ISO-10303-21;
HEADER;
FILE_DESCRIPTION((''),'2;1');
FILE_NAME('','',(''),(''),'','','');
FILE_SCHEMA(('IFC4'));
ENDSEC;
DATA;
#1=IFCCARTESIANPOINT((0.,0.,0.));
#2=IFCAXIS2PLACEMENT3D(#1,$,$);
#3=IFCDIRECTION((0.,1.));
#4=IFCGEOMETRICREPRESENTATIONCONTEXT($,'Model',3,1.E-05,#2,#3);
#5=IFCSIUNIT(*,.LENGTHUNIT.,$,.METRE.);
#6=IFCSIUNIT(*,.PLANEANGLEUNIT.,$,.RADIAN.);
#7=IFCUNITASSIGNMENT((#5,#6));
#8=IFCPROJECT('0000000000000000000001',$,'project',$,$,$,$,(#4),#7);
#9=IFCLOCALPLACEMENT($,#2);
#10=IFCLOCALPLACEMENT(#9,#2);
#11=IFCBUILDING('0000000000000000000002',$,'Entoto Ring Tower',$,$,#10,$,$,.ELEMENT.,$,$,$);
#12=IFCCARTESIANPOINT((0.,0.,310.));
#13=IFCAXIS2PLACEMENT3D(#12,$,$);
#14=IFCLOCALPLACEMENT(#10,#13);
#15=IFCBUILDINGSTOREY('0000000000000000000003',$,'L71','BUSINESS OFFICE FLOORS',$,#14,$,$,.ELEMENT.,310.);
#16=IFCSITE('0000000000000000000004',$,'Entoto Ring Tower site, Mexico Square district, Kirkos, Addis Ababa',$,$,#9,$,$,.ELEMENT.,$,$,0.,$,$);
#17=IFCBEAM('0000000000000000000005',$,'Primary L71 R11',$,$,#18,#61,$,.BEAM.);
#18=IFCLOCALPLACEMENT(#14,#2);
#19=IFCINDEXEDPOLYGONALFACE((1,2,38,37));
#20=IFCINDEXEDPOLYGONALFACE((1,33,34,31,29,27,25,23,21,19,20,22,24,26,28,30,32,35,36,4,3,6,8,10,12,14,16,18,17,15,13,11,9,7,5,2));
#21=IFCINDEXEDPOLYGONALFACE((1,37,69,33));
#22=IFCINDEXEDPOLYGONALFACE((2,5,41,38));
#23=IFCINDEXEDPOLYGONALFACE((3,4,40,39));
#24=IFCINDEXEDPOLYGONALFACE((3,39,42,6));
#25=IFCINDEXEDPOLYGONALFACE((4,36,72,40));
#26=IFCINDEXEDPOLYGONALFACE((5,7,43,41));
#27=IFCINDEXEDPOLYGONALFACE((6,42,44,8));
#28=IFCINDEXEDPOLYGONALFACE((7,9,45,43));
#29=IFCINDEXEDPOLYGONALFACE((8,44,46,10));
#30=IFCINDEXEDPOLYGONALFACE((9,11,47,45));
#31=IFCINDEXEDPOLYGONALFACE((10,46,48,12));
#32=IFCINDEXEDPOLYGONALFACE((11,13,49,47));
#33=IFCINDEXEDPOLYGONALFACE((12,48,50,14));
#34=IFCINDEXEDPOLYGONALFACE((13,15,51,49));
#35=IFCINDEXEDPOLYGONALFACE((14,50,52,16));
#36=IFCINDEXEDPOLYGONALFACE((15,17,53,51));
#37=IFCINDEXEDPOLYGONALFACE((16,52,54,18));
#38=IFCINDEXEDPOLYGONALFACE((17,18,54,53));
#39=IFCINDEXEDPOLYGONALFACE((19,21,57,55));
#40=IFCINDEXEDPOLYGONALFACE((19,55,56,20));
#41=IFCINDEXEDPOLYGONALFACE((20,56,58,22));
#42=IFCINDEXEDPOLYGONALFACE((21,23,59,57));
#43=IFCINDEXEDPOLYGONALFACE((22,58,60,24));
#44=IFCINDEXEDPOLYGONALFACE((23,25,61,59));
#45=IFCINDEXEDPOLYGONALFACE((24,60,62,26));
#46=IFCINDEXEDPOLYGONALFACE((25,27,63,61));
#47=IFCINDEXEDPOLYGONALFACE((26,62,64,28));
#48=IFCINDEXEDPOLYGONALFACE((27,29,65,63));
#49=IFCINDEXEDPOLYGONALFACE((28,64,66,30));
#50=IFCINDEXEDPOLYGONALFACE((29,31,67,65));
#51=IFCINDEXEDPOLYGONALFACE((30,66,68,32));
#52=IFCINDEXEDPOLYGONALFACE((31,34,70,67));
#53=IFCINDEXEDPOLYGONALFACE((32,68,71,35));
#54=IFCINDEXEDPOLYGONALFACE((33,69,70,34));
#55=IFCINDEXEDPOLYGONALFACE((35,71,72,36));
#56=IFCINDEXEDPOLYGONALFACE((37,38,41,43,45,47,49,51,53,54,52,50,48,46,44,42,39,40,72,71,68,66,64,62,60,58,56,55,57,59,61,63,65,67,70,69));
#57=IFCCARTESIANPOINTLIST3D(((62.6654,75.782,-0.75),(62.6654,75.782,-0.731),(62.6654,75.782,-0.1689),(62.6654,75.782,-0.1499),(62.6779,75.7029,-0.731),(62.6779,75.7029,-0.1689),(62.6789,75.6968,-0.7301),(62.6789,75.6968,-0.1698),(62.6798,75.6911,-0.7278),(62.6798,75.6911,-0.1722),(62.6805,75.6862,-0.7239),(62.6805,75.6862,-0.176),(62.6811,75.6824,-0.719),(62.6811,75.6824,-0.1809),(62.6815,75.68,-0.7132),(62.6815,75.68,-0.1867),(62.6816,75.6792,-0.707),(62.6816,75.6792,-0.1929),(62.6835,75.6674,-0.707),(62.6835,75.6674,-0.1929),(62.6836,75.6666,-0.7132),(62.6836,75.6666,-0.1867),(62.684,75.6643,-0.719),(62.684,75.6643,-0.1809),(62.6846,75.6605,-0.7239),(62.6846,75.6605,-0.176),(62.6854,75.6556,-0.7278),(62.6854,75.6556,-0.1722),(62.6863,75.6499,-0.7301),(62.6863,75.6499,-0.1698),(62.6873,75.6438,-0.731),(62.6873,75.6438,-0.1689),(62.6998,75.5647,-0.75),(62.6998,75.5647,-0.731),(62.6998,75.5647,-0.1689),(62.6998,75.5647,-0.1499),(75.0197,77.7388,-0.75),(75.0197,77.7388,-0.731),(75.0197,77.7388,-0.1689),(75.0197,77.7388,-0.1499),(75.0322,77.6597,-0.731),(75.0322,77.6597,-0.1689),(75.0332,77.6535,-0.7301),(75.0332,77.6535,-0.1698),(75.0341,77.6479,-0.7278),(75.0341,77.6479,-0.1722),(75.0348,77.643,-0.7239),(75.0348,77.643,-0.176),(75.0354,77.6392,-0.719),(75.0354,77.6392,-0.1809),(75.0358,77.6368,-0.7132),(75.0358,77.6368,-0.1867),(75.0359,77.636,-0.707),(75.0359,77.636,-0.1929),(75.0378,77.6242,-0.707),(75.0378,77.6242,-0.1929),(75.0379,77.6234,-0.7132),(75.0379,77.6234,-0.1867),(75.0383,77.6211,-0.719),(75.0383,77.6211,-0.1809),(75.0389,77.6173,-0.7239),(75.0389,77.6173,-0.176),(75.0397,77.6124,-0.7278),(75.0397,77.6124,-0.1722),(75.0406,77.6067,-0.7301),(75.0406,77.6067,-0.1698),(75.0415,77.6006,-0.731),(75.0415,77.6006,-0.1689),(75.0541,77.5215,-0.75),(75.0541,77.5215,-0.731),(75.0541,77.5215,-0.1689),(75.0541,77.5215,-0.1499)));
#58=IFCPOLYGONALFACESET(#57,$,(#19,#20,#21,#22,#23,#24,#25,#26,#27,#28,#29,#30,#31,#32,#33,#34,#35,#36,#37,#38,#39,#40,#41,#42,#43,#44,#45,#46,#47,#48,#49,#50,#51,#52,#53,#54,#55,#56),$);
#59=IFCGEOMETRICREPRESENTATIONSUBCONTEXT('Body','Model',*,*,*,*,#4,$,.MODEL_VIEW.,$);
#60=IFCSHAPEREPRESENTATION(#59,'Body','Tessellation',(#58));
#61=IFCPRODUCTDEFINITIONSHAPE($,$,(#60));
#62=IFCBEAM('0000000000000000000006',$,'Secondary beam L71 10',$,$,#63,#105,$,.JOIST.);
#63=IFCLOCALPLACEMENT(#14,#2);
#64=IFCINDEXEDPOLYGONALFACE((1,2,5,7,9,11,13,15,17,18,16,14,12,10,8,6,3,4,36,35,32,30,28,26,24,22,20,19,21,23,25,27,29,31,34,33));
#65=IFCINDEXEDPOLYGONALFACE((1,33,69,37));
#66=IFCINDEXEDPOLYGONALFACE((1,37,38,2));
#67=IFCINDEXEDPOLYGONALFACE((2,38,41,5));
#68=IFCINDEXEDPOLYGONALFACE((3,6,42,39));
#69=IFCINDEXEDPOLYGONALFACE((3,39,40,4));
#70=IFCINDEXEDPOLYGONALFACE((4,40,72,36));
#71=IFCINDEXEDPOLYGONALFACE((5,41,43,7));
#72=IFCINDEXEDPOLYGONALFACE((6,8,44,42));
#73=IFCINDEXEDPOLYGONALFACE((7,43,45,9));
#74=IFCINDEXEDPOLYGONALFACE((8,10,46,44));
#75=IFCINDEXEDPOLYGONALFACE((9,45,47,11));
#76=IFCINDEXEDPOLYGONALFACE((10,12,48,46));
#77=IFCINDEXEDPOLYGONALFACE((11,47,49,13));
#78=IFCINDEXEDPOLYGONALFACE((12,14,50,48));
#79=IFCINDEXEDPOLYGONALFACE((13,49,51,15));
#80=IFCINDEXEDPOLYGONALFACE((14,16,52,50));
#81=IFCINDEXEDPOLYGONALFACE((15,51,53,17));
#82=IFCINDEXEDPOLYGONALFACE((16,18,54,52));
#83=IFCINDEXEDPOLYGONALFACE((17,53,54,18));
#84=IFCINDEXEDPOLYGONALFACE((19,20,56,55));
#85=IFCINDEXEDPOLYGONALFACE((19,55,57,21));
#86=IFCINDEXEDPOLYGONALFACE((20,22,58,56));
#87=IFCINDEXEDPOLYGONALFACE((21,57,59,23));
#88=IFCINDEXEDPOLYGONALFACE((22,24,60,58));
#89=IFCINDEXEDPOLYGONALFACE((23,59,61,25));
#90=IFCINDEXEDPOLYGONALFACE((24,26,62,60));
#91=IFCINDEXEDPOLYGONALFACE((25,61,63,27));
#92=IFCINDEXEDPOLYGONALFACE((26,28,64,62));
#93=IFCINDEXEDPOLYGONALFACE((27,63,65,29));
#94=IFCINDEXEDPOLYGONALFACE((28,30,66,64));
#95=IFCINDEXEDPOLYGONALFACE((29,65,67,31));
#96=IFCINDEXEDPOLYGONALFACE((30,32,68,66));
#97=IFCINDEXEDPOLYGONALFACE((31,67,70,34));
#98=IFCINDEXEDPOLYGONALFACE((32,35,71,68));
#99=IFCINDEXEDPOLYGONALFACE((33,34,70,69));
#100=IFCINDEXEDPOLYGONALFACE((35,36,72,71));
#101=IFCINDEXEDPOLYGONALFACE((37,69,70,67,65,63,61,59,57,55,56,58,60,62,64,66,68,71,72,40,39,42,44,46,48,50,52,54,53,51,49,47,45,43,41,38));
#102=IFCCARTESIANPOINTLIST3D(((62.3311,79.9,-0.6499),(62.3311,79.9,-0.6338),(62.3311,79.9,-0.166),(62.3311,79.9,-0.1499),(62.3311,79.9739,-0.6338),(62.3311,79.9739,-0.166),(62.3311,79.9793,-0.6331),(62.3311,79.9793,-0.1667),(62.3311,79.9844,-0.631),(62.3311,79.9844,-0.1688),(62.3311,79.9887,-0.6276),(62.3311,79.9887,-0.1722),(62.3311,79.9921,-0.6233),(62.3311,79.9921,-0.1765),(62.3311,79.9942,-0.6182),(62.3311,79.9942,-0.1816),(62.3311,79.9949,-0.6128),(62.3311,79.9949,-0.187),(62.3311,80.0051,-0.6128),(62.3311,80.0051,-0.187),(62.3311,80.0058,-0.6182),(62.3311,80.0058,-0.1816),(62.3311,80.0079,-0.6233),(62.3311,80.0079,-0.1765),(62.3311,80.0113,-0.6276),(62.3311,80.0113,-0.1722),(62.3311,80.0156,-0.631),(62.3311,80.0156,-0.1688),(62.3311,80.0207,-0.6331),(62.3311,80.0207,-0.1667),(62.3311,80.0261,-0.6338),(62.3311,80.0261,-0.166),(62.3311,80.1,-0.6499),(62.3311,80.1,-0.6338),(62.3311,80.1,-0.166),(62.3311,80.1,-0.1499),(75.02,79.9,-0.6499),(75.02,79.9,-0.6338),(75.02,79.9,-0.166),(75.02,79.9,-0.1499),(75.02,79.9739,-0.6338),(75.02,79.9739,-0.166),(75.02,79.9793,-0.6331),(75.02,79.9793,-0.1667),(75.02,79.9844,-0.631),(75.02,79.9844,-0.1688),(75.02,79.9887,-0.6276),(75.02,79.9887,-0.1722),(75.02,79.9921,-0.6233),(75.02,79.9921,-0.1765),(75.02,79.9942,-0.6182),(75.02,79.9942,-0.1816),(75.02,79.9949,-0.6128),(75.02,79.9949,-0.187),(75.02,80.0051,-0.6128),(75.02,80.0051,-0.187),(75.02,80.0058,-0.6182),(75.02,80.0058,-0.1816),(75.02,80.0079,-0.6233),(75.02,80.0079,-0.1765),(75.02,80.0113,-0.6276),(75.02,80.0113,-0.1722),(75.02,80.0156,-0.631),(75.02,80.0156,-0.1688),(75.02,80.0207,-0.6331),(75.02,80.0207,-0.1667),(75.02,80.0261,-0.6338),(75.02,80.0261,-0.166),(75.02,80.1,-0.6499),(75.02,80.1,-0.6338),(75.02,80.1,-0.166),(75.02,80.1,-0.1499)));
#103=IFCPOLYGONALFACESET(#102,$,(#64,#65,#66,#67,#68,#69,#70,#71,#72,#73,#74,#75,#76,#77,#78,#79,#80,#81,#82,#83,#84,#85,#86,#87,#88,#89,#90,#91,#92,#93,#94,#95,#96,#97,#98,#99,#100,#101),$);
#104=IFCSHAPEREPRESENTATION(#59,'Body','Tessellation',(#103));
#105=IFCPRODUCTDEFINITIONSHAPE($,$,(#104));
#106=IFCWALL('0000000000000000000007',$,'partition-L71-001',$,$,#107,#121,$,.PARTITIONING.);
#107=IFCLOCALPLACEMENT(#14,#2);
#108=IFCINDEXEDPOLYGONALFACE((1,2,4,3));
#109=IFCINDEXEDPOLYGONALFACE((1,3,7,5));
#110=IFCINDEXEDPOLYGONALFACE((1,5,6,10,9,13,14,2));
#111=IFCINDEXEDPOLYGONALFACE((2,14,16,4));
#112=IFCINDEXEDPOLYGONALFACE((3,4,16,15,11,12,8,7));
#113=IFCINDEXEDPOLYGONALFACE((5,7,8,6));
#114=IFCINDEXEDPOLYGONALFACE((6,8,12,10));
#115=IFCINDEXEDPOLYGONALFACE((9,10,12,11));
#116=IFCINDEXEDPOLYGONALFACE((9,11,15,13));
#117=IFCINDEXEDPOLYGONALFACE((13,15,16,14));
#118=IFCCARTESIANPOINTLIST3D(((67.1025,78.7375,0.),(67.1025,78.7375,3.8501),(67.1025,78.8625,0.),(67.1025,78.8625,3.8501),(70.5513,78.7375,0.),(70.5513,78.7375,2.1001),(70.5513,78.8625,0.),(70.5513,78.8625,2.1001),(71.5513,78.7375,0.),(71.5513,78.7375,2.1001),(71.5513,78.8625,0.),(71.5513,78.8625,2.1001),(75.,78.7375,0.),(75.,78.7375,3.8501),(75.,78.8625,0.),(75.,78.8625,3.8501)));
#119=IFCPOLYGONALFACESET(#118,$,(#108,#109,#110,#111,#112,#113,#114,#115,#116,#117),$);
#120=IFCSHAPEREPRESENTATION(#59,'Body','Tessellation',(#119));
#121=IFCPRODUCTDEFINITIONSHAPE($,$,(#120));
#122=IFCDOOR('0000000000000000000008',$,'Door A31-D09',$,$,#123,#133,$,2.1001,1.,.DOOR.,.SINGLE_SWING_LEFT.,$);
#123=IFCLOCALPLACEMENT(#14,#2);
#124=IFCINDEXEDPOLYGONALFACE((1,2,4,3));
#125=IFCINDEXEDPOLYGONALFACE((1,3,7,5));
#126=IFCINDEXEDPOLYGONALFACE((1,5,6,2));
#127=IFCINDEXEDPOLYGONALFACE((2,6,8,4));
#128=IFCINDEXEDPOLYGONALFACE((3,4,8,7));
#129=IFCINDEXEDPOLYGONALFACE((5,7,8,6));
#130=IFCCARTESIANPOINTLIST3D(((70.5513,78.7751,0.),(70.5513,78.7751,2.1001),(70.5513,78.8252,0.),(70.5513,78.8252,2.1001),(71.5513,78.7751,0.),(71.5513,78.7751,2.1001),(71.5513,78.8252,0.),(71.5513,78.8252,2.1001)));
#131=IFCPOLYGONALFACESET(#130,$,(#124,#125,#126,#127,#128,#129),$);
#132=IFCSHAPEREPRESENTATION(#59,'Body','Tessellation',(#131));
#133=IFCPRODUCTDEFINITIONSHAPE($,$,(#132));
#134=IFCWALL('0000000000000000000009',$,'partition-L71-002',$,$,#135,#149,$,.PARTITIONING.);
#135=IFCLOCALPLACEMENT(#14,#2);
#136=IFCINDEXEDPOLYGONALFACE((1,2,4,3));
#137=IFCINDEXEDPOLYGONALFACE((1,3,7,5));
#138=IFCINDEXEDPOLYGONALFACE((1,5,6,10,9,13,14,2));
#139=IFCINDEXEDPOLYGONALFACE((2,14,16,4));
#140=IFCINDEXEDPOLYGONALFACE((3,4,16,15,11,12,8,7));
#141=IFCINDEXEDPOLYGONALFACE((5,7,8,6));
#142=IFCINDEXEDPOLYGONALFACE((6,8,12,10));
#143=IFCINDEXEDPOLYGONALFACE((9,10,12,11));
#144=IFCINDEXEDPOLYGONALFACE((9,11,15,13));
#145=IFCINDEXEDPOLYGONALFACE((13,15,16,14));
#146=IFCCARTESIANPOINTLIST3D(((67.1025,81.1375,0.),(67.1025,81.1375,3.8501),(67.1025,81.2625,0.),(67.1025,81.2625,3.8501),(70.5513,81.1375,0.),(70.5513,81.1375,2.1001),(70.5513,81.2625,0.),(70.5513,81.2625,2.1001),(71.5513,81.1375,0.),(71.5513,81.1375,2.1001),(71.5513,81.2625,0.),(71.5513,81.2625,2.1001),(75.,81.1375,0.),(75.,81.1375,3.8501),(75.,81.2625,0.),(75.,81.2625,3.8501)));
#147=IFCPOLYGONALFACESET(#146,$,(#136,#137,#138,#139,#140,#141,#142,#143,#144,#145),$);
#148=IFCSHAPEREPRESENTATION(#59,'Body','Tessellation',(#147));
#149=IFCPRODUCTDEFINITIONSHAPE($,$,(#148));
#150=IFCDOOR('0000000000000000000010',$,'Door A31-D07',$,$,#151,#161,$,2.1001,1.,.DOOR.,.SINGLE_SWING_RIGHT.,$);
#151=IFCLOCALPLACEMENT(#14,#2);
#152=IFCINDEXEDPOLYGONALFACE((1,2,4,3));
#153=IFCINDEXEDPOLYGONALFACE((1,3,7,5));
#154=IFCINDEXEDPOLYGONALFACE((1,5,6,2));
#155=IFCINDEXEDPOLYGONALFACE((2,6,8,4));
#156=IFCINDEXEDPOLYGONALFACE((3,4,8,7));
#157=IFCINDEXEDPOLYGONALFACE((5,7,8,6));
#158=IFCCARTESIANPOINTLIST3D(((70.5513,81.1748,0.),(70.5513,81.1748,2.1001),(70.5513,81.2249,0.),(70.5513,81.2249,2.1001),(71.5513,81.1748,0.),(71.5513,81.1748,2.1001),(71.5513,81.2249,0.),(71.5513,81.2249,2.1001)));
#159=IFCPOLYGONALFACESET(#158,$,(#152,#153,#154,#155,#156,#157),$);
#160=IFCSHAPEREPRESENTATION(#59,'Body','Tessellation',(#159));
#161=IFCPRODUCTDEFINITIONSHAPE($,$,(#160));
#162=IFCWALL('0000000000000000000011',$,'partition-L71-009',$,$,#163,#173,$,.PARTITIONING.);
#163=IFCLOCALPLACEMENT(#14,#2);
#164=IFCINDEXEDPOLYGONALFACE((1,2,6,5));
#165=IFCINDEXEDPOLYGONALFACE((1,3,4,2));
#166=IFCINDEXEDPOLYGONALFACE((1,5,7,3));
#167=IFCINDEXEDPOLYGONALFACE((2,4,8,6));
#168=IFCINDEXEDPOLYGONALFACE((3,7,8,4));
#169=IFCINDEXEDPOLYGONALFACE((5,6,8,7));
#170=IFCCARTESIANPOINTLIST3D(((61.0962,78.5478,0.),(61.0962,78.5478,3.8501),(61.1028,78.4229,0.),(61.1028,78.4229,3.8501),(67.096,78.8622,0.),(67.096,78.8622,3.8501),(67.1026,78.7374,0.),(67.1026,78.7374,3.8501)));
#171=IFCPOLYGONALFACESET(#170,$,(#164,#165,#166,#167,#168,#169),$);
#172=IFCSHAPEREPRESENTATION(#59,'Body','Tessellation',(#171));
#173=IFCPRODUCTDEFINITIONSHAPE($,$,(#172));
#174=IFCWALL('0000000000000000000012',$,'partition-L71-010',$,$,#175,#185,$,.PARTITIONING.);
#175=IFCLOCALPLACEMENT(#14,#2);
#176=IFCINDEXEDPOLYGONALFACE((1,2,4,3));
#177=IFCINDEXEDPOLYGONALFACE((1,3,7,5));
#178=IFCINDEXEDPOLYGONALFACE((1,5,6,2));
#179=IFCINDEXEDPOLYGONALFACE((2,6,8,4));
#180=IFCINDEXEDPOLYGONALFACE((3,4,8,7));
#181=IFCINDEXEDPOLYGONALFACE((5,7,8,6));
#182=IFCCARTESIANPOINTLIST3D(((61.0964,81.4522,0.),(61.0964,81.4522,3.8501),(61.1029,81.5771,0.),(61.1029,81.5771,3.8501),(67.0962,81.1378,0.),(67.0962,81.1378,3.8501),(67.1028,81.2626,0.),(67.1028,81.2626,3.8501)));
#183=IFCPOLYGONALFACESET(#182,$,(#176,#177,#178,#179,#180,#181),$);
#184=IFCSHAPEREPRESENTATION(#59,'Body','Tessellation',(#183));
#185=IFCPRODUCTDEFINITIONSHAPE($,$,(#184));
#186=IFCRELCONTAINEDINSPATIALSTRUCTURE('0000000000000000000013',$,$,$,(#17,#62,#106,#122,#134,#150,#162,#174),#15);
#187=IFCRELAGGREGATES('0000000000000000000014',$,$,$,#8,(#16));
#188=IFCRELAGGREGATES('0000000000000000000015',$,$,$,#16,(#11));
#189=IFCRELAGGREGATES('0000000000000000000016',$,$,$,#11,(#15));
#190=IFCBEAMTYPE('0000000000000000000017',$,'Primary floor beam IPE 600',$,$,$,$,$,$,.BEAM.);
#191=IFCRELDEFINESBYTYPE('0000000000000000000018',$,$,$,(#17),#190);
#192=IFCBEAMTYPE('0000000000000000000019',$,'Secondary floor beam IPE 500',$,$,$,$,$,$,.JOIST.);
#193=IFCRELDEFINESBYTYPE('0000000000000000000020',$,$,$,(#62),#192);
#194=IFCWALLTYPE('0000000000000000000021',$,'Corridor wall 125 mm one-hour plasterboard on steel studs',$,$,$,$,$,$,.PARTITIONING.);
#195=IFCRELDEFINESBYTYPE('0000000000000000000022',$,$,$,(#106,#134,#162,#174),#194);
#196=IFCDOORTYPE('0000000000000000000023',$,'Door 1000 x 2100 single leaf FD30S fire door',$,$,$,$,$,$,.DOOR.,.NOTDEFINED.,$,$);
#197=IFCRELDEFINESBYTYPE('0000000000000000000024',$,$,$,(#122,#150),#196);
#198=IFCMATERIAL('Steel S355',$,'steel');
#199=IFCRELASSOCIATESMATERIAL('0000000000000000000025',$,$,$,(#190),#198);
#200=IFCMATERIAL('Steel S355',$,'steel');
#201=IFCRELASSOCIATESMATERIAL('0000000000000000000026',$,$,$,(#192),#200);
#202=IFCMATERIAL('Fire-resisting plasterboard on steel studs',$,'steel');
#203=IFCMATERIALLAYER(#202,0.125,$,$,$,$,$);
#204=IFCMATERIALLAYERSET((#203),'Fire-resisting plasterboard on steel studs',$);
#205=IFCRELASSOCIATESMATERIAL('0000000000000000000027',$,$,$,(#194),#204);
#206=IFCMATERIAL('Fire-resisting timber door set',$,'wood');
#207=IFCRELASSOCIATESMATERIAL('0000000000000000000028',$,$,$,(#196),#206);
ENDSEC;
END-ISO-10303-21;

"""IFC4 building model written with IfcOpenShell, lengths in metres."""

from ifc_helpers import new_model, si_unit, direction, frame, frame_2d, origin, origin_2d, place, context, subcontext, project, spatial, rectangle, i_section, extrude, material, layer, layer_set, material_profile, profile_set, type_object, element, fill, save


model = new_model("IFC4")

# Units and contexts
model_context = context("Model", 3, precision=1e-05, world=origin(), true_north=direction((0.0, 1.0)))
body_context = subcontext(model_context, "Body", "Model", "MODEL_VIEW")
ifc_project = project(units=[si_unit("LENGTHUNIT", "METRE"), si_unit("PLANEANGLEUNIT", "RADIAN")], contexts=[model_context])

# Site, building, storey
site_placement = place(None, origin())
site = spatial("IfcSite", under=ifc_project, at=site_placement, Name="Entoto Ring Tower site, Mexico Square district, Kirkos, Addis Ababa", CompositionType="ELEMENT", RefElevation=0.0)
building_placement = place(site_placement, origin())
building = spatial("IfcBuilding", under=site, at=building_placement, Name="Entoto Ring Tower", CompositionType="ELEMENT")
storey_placement = place(building_placement, frame((0.0, 0.0, 310.0)))
storey = spatial("IfcBuildingStorey", under=building, at=storey_placement, Name="L71", Description="BUSINESS OFFICE FLOORS", CompositionType="ELEMENT", Elevation=310.0)

# Beams
ifc_material_1 = material(Name="Steel S355", Category="steel")
ifc_material_profile_1 = material_profile(ifc_material_1, i_section(OverallWidth=0.22, OverallDepth=0.6001, WebThickness=0.012, FlangeThickness=0.019, FilletRadius=0.0239, at=origin_2d()), Name="IPE 600")
ifc_profile_set_1 = profile_set([ifc_material_profile_1], Name="Steel S355")
beam_type_1 = type_object("IfcBeamType", Name="Primary floor beam IPE 600", PredefinedType="BEAM", material=ifc_profile_set_1)
beam_1_placement = place(storey_placement, frame((75.0369, 77.6301, -0.45), z_axis=(-0.987688, -0.15644, 0.0), x_axis=(0.15644, -0.987688, 0.0)))
element("IfcBeam", 1, at=beam_1_placement, inside=storey, type_object=beam_type_1, Name="Primary L71 R11", PredefinedType="BEAM", context=body_context, shape_type="SweptSolid", body=[
    extrude(i_section(OverallWidth=0.22, OverallDepth=0.6001, WebThickness=0.012, FlangeThickness=0.019, FilletRadius=0.0239, at=origin_2d()), origin(), (0.0, 0.0, 1.0), 12.5083),
])
ifc_material_2 = material(Name="Steel S355", Category="steel")
ifc_material_profile_2 = material_profile(ifc_material_2, i_section(OverallWidth=0.2, OverallDepth=0.5, WebThickness=0.0103, FlangeThickness=0.0161, FilletRadius=0.021, at=origin_2d()), Name="IPE 500")
ifc_profile_set_2 = profile_set([ifc_material_profile_2], Name="Steel S355")
beam_type_2 = type_object("IfcBeamType", Name="Secondary floor beam IPE 500", PredefinedType="JOIST", material=ifc_profile_set_2)
beam_2_placement = place(storey_placement, frame((75.02, 80.0, -0.3999), z_axis=(-1.0, 0.0, 0.0), x_axis=(0.0, -1.0, 0.0)))
element("IfcBeam", 2, at=beam_2_placement, inside=storey, type_object=beam_type_2, Name="Secondary beam L71 10", PredefinedType="JOIST", context=body_context, shape_type="SweptSolid", body=[
    extrude(i_section(OverallWidth=0.2, OverallDepth=0.5, WebThickness=0.0103, FlangeThickness=0.0161, FilletRadius=0.021, at=origin_2d()), origin(), (0.0, 0.0, 1.0), 12.689),
])

# Walls, openings, doors
ifc_material_3 = material(Name="Fire-resisting plasterboard on steel studs", Category="steel")
ifc_layer_1 = layer(ifc_material_3, 0.125)
ifc_layer_set_1 = layer_set([ifc_layer_1], Name="Fire-resisting plasterboard on steel studs")
wall_type_1 = type_object("IfcWallType", Name="Corridor wall 125 mm one-hour plasterboard on steel studs", PredefinedType="PARTITIONING", material=ifc_layer_set_1)
wall_1_placement = place(storey_placement, frame((67.1025, 78.8, 0.0), z_axis=(0.0, 0.0, 1.0), x_axis=(1.0, 0.0, 0.0)))
wall_1 = element("IfcWall", 3, at=wall_1_placement, inside=storey, type_object=wall_type_1, Name="partition-L71-001", PredefinedType="PARTITIONING", context=body_context, shape_type="SweptSolid", body=[
    extrude(rectangle(XDim=7.8975, YDim=0.125, at=frame_2d((3.9487, 0.0))), origin(), (0.0, 0.0, 1.0), 3.8501),
])
opening_1_placement = place(wall_1_placement, frame((3.4487, 0.0, 0.0)))
opening_1 = element("IfcOpeningElement", 4, at=opening_1_placement, cuts=wall_1, PredefinedType="OPENING", context=body_context, shape_type="SweptSolid", body=[
    extrude(rectangle(XDim=1.0, YDim=2.1001, at=frame_2d((0.5, 1.05))), frame((0.0, 0.0725, 0.0), z_axis=(0.0, -1.0, 0.0), x_axis=(1.0, 0.0, 0.0)), (0.0, 0.0, 1.0), 0.145),
])
ifc_material_4 = material(Name="Fire-resisting timber door set", Category="wood")
door_type = type_object("IfcDoorType", Name="Door 1000 x 2100 single leaf FD30S fire door", OperationType="NOTDEFINED", PredefinedType="DOOR", material=ifc_material_4)
door_1_placement = place(opening_1_placement, frame((1.0, 0.0, 0.0), z_axis=(0.0, 0.0, 1.0), x_axis=(-1.0, 0.0, 0.0)))
door_1 = element("IfcDoor", 5, at=door_1_placement, inside=storey, type_object=door_type, Name="Door A31-D09", OperationType="SINGLE_SWING_LEFT", OverallHeight=2.1001, OverallWidth=1.0, PredefinedType="DOOR", context=body_context, shape_type="SweptSolid", body=[
    extrude(rectangle(XDim=1.0, YDim=2.1001, at=frame_2d((0.5, 1.05))), frame((0.0, 0.0249, 0.0), z_axis=(0.0, -1.0, 0.0), x_axis=(1.0, 0.0, 0.0)), (0.0, 0.0, 1.0), 0.05),
])
fill(opening_1, door_1)
wall_2_placement = place(storey_placement, frame((67.1025, 81.2, 0.0), z_axis=(0.0, 0.0, 1.0), x_axis=(1.0, 0.0, 0.0)))
wall_2 = element("IfcWall", 6, at=wall_2_placement, inside=storey, type_object=wall_type_1, Name="partition-L71-002", PredefinedType="PARTITIONING", context=body_context, shape_type="SweptSolid", body=[
    extrude(rectangle(XDim=7.8975, YDim=0.125, at=frame_2d((3.9487, 0.0))), origin(), (0.0, 0.0, 1.0), 3.8501),
])
opening_2_placement = place(wall_2_placement, frame((3.4487, 0.0, 0.0)))
opening_2 = element("IfcOpeningElement", 7, at=opening_2_placement, cuts=wall_2, PredefinedType="OPENING", context=body_context, shape_type="SweptSolid", body=[
    extrude(rectangle(XDim=1.0, YDim=2.1001, at=frame_2d((0.5, 1.05))), frame((0.0, 0.0725, 0.0), z_axis=(0.0, -1.0, 0.0), x_axis=(1.0, 0.0, 0.0)), (0.0, 0.0, 1.0), 0.145),
])
door_2_placement = place(opening_2_placement, origin())
door_2 = element("IfcDoor", 8, at=door_2_placement, inside=storey, type_object=door_type, Name="Door A31-D07", OperationType="SINGLE_SWING_RIGHT", OverallHeight=2.1001, OverallWidth=1.0, PredefinedType="DOOR", context=body_context, shape_type="SweptSolid", body=[
    extrude(rectangle(XDim=1.0, YDim=2.1001, at=frame_2d((0.5, 1.05))), frame((0.0, 0.0249, 0.0), z_axis=(0.0, -1.0, 0.0), x_axis=(1.0, 0.0, 0.0)), (0.0, 0.0, 1.0), 0.05),
])
fill(opening_2, door_2)

# Walls
for number, where, z_axis, x_axis, name in (
    (9, (61.0996, 78.4854, 0.0), (0.0, 0.0, 1.0), (0.998629, 0.052339, 0.0), "partition-L71-009"),
    (10, (67.0994, 81.2002, 0.0), (0.0, 0.0, 1.0), (-0.998629, 0.052339, 0.0), "partition-L71-010"),
):
    element("IfcWall", number, at=place(storey_placement, frame(where, z_axis=z_axis, x_axis=x_axis)), inside=storey, type_object=wall_type_1, Name=name, PredefinedType="PARTITIONING", context=body_context, shape_type="SweptSolid", body=[
        extrude(rectangle(XDim=6.0081, YDim=0.125, at=frame_2d((3.0039, 0.0))), origin(), (0.0, 0.0, 1.0), 3.8501),
    ])

save(model, "model.ifc")
